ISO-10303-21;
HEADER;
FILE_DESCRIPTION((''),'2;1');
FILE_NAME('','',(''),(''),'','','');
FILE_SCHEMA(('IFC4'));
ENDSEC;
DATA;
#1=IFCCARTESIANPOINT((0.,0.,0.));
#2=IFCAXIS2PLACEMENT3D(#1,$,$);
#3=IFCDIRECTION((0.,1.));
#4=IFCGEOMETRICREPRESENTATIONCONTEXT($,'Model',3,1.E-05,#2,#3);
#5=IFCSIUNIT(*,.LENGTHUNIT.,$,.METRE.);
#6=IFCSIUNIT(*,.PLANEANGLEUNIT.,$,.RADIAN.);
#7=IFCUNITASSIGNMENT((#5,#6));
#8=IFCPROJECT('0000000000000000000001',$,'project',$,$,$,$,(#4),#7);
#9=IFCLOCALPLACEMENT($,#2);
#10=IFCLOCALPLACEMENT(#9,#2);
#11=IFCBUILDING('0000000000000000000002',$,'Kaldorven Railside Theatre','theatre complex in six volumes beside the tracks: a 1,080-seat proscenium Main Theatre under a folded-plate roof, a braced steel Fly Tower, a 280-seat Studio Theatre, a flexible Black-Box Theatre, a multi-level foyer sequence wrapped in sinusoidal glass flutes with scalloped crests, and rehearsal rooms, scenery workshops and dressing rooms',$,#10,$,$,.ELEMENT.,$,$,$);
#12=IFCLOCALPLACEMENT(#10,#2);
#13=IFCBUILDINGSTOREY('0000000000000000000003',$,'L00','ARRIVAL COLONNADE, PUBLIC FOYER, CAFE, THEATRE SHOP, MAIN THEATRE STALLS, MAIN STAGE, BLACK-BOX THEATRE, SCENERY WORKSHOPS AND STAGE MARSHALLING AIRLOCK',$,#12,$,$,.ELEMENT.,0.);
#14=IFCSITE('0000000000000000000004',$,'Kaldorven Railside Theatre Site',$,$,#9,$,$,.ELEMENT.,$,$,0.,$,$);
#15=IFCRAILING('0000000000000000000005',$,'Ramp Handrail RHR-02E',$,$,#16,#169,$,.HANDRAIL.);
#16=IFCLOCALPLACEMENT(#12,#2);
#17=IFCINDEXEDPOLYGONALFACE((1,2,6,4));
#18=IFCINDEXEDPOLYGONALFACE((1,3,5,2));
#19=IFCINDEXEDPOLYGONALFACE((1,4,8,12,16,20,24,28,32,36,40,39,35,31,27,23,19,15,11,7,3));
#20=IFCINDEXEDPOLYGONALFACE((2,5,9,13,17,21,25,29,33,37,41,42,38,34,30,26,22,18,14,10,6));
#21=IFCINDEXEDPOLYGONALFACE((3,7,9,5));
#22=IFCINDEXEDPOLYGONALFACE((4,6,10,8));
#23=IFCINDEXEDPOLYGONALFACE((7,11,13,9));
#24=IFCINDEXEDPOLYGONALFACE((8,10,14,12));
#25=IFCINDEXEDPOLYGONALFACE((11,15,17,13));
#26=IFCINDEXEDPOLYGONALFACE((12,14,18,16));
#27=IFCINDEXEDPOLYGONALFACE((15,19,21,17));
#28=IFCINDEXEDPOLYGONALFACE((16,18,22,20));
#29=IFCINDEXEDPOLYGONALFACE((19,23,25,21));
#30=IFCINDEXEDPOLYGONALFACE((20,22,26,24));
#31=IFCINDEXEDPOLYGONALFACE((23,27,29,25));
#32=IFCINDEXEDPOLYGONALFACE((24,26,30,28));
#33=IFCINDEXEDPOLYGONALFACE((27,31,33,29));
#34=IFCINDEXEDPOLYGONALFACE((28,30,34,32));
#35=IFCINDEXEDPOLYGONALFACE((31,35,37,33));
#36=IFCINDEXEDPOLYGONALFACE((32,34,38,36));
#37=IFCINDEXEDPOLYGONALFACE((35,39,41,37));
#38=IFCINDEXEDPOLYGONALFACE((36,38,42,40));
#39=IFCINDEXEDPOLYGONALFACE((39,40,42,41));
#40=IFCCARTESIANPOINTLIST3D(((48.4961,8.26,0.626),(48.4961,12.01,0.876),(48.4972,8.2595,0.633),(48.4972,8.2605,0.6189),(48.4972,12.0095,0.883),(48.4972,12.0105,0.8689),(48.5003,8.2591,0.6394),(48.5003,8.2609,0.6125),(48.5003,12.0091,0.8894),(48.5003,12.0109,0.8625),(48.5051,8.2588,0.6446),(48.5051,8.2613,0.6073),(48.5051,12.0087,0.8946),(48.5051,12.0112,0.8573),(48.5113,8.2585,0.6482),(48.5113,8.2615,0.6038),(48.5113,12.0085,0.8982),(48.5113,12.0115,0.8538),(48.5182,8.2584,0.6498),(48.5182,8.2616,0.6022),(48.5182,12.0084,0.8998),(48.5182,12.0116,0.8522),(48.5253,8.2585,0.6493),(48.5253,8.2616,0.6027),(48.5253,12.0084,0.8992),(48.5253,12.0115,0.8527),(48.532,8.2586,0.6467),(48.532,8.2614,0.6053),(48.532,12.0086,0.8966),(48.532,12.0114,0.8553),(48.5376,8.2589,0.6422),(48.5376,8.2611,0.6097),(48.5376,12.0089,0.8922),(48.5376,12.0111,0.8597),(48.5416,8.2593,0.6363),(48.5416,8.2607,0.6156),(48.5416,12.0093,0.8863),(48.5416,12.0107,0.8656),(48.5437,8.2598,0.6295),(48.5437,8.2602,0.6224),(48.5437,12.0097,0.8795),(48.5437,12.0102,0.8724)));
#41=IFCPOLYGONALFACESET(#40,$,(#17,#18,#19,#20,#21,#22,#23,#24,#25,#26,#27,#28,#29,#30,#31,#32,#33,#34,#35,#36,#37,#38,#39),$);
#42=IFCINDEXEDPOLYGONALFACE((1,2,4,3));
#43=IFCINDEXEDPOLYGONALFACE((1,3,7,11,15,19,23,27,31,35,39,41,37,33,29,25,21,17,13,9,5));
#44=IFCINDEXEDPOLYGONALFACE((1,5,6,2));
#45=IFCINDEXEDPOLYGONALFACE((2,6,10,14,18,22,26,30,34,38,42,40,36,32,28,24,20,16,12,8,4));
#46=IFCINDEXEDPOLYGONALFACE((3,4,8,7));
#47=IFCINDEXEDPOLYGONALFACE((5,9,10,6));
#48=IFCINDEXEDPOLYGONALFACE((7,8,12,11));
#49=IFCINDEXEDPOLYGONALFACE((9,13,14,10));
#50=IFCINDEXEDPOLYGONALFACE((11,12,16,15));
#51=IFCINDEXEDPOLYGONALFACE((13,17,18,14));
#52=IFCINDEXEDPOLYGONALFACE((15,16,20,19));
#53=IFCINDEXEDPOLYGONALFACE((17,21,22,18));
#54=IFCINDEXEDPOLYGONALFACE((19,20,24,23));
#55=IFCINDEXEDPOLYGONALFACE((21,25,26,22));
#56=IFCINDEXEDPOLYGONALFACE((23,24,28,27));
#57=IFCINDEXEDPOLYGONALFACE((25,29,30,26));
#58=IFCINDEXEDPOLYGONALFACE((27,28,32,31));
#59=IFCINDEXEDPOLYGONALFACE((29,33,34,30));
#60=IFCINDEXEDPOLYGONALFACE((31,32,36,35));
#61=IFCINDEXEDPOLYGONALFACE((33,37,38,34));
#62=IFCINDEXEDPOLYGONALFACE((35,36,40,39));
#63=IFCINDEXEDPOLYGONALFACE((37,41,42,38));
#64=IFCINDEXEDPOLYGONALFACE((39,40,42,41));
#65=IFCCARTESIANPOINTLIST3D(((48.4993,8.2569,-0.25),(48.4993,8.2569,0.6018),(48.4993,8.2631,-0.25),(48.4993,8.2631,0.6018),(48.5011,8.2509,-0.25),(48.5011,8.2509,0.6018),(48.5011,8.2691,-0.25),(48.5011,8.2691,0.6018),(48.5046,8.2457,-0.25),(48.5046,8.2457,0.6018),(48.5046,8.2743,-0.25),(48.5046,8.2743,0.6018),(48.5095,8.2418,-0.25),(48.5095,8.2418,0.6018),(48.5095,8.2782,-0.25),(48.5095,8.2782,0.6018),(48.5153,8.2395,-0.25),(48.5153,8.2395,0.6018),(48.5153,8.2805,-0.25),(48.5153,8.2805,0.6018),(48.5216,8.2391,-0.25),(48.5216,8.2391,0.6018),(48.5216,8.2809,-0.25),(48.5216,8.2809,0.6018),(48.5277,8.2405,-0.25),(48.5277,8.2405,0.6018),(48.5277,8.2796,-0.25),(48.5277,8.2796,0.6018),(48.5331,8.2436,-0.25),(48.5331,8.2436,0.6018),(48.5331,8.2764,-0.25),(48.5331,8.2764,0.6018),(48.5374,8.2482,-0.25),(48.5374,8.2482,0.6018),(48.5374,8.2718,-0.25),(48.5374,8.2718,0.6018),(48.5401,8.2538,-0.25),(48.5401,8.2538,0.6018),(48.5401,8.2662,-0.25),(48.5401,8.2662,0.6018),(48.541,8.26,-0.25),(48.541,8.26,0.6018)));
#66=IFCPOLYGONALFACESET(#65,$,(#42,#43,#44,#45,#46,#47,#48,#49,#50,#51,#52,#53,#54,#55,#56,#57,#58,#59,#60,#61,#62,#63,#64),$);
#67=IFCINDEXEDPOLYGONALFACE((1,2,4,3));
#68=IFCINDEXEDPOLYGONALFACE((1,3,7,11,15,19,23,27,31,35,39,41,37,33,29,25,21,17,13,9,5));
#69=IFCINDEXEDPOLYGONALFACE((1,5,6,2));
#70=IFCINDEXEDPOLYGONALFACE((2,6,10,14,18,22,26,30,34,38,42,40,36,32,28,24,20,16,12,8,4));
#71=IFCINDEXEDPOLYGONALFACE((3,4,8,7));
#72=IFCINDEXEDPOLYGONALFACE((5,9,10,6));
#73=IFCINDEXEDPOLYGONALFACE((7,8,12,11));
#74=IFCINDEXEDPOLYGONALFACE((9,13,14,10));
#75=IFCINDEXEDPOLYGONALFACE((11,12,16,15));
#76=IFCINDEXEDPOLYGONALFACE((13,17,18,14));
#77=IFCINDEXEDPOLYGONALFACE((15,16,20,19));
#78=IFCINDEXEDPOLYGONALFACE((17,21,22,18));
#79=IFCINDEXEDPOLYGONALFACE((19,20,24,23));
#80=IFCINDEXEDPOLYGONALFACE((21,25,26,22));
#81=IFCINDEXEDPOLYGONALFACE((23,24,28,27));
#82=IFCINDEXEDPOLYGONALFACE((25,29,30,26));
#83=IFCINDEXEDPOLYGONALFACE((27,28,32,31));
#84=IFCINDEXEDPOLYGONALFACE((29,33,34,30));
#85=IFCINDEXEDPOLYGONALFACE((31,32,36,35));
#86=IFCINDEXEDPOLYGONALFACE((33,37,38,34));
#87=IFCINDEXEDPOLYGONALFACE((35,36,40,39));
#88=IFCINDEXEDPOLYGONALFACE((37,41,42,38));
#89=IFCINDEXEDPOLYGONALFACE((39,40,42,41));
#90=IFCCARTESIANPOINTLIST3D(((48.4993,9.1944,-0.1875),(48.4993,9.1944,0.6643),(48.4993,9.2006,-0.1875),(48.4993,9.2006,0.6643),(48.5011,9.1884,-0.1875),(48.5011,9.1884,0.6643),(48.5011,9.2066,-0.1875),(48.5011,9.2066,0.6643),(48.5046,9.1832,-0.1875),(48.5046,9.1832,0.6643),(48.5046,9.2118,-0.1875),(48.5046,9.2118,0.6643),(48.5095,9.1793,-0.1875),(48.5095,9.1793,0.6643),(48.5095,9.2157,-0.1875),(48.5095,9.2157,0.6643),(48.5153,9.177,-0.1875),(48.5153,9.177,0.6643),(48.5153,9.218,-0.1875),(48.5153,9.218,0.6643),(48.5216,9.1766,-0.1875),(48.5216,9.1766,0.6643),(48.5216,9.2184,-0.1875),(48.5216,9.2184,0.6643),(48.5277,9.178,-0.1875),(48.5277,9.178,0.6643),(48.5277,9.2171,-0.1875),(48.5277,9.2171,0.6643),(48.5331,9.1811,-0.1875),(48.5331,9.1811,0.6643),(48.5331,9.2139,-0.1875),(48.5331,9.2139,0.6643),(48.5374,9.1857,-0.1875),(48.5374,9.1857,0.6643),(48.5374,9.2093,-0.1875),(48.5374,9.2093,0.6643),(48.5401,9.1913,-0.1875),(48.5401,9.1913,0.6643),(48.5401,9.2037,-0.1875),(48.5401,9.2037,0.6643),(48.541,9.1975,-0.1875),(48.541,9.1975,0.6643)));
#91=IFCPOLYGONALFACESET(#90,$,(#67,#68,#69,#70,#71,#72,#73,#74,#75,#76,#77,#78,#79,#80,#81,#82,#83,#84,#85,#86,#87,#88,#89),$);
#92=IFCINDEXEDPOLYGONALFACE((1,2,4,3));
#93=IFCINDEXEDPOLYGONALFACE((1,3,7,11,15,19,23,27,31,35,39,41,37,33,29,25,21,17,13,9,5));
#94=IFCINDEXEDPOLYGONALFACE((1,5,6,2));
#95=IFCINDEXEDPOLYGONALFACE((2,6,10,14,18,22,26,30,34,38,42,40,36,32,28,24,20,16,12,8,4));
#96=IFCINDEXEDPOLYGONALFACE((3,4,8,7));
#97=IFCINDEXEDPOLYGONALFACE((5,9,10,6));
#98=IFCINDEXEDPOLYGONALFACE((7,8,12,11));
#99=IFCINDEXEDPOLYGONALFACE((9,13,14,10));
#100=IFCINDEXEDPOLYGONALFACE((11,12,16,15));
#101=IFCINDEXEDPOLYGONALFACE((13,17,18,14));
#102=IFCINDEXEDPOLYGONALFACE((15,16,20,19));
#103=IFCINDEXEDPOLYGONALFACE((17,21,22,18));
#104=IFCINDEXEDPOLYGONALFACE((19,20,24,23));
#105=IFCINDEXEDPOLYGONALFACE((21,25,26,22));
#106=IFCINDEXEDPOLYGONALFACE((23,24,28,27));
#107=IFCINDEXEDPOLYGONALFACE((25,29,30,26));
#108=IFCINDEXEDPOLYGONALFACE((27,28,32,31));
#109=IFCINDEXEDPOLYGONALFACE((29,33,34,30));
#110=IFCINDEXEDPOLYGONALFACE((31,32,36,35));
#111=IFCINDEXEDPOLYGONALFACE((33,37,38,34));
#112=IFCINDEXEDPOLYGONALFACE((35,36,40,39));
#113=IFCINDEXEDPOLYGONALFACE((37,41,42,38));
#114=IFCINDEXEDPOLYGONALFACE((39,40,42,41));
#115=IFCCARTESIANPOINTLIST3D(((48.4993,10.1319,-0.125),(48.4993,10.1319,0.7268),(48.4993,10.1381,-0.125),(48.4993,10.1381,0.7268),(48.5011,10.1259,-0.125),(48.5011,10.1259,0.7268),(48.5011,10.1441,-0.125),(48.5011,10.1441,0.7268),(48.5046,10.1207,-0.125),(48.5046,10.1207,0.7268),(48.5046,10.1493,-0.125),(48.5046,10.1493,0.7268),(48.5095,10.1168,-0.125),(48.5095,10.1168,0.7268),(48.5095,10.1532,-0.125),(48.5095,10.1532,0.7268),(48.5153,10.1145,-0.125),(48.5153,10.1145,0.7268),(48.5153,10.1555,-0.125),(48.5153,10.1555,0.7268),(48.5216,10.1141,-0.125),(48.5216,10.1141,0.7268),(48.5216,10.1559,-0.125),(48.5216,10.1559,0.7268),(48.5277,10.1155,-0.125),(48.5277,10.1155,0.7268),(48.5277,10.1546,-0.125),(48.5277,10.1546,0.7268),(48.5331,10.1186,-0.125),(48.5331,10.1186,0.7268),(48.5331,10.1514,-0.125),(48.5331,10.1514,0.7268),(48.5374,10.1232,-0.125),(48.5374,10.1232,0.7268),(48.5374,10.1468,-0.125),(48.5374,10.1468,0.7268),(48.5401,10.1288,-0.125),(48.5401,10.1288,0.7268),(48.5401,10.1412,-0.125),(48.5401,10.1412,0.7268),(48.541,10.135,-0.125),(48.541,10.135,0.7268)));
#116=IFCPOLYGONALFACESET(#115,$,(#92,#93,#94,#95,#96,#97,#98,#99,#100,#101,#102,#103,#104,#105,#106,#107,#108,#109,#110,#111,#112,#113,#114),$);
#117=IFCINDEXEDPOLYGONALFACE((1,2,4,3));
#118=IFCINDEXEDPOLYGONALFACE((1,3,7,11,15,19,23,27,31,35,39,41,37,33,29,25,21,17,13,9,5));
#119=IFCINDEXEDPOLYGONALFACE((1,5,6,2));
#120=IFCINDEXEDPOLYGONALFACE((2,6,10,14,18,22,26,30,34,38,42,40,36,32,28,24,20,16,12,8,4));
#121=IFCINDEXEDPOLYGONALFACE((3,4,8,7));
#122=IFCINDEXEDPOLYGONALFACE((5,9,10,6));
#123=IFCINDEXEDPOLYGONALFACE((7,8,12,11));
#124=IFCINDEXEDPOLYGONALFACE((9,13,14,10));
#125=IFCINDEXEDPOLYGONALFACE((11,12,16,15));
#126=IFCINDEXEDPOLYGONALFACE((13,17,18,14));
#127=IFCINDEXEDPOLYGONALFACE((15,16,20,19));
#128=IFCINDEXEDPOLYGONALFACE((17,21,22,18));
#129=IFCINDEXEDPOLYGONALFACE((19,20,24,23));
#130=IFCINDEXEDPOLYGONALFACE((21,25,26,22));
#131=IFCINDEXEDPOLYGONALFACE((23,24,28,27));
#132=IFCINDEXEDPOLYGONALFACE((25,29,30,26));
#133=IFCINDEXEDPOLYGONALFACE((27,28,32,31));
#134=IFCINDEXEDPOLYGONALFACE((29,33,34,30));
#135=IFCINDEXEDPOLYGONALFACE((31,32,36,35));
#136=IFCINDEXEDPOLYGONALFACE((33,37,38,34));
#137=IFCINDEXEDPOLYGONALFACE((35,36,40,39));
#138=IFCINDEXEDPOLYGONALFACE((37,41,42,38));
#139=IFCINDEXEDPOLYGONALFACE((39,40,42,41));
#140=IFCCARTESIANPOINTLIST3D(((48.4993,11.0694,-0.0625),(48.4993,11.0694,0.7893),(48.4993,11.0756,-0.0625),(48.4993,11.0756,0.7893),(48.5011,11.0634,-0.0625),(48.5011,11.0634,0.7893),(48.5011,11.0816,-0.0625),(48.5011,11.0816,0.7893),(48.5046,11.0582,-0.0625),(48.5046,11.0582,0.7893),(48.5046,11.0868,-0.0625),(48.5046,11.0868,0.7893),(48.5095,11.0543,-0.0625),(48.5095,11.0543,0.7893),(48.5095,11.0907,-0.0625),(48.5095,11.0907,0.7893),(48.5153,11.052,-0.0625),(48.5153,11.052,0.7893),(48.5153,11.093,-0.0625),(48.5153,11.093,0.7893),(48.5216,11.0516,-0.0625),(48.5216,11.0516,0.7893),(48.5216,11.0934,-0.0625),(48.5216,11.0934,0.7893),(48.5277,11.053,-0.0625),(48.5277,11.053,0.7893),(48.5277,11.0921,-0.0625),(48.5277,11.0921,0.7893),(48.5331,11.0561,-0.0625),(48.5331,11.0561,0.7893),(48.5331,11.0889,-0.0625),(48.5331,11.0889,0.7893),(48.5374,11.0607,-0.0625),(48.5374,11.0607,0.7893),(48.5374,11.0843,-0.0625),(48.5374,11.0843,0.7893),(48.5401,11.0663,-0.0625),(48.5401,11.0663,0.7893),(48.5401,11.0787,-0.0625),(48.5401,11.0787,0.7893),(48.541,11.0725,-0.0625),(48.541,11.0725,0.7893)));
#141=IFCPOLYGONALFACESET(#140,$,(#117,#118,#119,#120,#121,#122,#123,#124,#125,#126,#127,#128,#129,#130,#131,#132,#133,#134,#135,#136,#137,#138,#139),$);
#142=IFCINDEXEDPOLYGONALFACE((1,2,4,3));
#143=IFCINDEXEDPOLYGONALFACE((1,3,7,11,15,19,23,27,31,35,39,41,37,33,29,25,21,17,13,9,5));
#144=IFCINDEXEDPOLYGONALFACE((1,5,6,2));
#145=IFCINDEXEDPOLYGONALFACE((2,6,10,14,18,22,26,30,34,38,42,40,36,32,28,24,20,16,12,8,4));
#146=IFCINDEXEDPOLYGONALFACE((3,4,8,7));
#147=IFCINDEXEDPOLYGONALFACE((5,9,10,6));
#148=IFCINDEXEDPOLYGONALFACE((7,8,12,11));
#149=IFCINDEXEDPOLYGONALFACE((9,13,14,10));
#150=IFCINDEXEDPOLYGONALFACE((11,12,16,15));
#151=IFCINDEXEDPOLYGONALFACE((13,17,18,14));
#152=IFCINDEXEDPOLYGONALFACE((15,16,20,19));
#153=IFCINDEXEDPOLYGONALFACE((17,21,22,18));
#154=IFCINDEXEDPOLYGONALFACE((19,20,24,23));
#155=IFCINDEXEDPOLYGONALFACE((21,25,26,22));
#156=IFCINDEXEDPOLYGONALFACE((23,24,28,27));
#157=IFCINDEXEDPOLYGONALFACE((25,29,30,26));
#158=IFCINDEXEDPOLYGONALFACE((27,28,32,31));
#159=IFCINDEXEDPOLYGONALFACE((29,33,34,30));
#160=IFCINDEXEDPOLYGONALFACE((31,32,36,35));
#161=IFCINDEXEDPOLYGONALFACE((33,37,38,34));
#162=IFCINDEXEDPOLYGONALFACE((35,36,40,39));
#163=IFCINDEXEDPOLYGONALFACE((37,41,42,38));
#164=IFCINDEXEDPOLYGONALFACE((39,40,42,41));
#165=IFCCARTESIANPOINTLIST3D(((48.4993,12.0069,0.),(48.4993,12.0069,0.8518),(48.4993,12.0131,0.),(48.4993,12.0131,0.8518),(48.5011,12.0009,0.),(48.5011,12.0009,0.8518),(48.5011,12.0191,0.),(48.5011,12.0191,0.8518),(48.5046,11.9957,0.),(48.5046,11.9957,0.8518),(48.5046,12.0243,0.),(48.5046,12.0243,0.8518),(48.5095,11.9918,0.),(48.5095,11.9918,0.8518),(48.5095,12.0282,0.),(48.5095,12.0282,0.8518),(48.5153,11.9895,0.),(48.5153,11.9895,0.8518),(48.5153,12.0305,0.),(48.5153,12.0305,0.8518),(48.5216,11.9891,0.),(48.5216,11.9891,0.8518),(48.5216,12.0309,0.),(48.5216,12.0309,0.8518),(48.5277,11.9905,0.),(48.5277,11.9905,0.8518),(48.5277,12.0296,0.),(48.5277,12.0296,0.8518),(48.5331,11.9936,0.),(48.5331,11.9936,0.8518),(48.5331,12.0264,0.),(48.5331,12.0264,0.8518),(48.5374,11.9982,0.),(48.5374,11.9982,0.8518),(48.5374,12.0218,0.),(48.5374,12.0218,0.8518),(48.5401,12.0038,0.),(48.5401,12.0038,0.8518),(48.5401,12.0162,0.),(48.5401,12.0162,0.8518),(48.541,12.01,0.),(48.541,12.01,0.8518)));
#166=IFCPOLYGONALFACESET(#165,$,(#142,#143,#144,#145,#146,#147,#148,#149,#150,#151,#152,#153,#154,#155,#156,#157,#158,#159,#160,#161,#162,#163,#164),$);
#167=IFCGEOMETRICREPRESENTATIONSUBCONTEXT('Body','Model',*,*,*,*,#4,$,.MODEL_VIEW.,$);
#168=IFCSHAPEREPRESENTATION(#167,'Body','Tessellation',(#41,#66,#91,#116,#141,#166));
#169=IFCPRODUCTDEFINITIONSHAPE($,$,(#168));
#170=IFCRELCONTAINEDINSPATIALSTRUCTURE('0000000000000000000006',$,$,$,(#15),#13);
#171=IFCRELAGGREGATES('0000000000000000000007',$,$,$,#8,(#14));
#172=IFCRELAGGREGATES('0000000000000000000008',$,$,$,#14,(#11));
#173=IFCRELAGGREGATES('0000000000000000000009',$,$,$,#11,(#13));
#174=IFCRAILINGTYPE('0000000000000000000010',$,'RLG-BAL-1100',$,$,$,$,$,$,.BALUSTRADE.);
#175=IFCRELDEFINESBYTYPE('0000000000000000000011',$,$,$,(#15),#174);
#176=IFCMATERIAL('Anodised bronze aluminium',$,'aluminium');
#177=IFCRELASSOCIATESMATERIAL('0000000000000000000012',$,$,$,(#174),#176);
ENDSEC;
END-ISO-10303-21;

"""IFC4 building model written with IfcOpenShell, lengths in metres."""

from ifc_helpers import new_model, si_unit, direction, frame, origin, origin_2d, place, context, subcontext, project, spatial, circle, extrude, material, type_object, element, save


model = new_model("IFC4")

# Units and contexts
model_context = context("Model", 3, precision=1e-05, world=origin(), true_north=direction((0.0, 1.0)))
body_context = subcontext(model_context, "Body", "Model", "MODEL_VIEW")
ifc_project = project(units=[si_unit("LENGTHUNIT", "METRE"), si_unit("PLANEANGLEUNIT", "RADIAN")], contexts=[model_context])

# Site, building, storey
site_placement = place(None, origin())
site = spatial("IfcSite", under=ifc_project, at=site_placement, Name="Kaldorven Railside Theatre Site", CompositionType="ELEMENT", RefElevation=0.0)
building_placement = place(site_placement, origin())
building = spatial("IfcBuilding", under=site, at=building_placement, Name="Kaldorven Railside Theatre", Description="theatre complex in six volumes beside the tracks: a 1,080-seat proscenium Main Theatre under a folded-plate roof, a braced steel Fly Tower, a 280-seat Studio Theatre, a flexible Black-Box Theatre, a multi-level foyer sequence wrapped in sinusoidal glass flutes with scalloped crests, and rehearsal rooms, scenery workshops and dressing rooms", CompositionType="ELEMENT")
storey_placement = place(building_placement, origin())
storey = spatial("IfcBuildingStorey", under=building, at=storey_placement, Name="L00", Description="ARRIVAL COLONNADE, PUBLIC FOYER, CAFE, THEATRE SHOP, MAIN THEATRE STALLS, MAIN STAGE, BLACK-BOX THEATRE, SCENERY WORKSHOPS AND STAGE MARSHALLING AIRLOCK", CompositionType="ELEMENT", Elevation=0.0)

# Railing
ifc_material_1 = material(Name="Anodised bronze aluminium", Category="aluminium")
railing_type = type_object("IfcRailingType", Name="RLG-BAL-1100", PredefinedType="BALUSTRADE", material=ifc_material_1)
for number, where, name in (
    (1, (48.52, 8.26, -0.25), "Ramp Handrail RHR-02E"),
):
    element("IfcRailing", number, at=place(storey_placement, frame(where)), inside=storey, type_object=railing_type, Name=name, PredefinedType="HANDRAIL", context=body_context, shape_type="SweptSolid", body=[
        extrude(circle(Radius=0.0239, at=origin_2d()), frame((0.0, 0.0, 0.876), z_axis=(0.0, 0.997785, 0.066519), x_axis=(-1.0, 0.0, 0.0)), (0.0, 0.0, 1.0), 3.7583),
        extrude(circle(Radius=0.021, at=origin_2d()), origin(), (0.0, 0.0, 1.0), 0.8518),
        extrude(circle(Radius=0.021, at=origin_2d()), frame((0.0, 0.9375, 0.0625)), (0.0, 0.0, 1.0), 0.8518),
        extrude(circle(Radius=0.021, at=origin_2d()), frame((0.0, 1.875, 0.125)), (0.0, 0.0, 1.0), 0.8518),
        extrude(circle(Radius=0.021, at=origin_2d()), frame((0.0, 2.8125, 0.1875)), (0.0, 0.0, 1.0), 0.8518),
        extrude(circle(Radius=0.021, at=origin_2d()), frame((0.0, 3.75, 0.25)), (0.0, 0.0, 1.0), 0.8518),
    ])

save(model, "model.ifc")
